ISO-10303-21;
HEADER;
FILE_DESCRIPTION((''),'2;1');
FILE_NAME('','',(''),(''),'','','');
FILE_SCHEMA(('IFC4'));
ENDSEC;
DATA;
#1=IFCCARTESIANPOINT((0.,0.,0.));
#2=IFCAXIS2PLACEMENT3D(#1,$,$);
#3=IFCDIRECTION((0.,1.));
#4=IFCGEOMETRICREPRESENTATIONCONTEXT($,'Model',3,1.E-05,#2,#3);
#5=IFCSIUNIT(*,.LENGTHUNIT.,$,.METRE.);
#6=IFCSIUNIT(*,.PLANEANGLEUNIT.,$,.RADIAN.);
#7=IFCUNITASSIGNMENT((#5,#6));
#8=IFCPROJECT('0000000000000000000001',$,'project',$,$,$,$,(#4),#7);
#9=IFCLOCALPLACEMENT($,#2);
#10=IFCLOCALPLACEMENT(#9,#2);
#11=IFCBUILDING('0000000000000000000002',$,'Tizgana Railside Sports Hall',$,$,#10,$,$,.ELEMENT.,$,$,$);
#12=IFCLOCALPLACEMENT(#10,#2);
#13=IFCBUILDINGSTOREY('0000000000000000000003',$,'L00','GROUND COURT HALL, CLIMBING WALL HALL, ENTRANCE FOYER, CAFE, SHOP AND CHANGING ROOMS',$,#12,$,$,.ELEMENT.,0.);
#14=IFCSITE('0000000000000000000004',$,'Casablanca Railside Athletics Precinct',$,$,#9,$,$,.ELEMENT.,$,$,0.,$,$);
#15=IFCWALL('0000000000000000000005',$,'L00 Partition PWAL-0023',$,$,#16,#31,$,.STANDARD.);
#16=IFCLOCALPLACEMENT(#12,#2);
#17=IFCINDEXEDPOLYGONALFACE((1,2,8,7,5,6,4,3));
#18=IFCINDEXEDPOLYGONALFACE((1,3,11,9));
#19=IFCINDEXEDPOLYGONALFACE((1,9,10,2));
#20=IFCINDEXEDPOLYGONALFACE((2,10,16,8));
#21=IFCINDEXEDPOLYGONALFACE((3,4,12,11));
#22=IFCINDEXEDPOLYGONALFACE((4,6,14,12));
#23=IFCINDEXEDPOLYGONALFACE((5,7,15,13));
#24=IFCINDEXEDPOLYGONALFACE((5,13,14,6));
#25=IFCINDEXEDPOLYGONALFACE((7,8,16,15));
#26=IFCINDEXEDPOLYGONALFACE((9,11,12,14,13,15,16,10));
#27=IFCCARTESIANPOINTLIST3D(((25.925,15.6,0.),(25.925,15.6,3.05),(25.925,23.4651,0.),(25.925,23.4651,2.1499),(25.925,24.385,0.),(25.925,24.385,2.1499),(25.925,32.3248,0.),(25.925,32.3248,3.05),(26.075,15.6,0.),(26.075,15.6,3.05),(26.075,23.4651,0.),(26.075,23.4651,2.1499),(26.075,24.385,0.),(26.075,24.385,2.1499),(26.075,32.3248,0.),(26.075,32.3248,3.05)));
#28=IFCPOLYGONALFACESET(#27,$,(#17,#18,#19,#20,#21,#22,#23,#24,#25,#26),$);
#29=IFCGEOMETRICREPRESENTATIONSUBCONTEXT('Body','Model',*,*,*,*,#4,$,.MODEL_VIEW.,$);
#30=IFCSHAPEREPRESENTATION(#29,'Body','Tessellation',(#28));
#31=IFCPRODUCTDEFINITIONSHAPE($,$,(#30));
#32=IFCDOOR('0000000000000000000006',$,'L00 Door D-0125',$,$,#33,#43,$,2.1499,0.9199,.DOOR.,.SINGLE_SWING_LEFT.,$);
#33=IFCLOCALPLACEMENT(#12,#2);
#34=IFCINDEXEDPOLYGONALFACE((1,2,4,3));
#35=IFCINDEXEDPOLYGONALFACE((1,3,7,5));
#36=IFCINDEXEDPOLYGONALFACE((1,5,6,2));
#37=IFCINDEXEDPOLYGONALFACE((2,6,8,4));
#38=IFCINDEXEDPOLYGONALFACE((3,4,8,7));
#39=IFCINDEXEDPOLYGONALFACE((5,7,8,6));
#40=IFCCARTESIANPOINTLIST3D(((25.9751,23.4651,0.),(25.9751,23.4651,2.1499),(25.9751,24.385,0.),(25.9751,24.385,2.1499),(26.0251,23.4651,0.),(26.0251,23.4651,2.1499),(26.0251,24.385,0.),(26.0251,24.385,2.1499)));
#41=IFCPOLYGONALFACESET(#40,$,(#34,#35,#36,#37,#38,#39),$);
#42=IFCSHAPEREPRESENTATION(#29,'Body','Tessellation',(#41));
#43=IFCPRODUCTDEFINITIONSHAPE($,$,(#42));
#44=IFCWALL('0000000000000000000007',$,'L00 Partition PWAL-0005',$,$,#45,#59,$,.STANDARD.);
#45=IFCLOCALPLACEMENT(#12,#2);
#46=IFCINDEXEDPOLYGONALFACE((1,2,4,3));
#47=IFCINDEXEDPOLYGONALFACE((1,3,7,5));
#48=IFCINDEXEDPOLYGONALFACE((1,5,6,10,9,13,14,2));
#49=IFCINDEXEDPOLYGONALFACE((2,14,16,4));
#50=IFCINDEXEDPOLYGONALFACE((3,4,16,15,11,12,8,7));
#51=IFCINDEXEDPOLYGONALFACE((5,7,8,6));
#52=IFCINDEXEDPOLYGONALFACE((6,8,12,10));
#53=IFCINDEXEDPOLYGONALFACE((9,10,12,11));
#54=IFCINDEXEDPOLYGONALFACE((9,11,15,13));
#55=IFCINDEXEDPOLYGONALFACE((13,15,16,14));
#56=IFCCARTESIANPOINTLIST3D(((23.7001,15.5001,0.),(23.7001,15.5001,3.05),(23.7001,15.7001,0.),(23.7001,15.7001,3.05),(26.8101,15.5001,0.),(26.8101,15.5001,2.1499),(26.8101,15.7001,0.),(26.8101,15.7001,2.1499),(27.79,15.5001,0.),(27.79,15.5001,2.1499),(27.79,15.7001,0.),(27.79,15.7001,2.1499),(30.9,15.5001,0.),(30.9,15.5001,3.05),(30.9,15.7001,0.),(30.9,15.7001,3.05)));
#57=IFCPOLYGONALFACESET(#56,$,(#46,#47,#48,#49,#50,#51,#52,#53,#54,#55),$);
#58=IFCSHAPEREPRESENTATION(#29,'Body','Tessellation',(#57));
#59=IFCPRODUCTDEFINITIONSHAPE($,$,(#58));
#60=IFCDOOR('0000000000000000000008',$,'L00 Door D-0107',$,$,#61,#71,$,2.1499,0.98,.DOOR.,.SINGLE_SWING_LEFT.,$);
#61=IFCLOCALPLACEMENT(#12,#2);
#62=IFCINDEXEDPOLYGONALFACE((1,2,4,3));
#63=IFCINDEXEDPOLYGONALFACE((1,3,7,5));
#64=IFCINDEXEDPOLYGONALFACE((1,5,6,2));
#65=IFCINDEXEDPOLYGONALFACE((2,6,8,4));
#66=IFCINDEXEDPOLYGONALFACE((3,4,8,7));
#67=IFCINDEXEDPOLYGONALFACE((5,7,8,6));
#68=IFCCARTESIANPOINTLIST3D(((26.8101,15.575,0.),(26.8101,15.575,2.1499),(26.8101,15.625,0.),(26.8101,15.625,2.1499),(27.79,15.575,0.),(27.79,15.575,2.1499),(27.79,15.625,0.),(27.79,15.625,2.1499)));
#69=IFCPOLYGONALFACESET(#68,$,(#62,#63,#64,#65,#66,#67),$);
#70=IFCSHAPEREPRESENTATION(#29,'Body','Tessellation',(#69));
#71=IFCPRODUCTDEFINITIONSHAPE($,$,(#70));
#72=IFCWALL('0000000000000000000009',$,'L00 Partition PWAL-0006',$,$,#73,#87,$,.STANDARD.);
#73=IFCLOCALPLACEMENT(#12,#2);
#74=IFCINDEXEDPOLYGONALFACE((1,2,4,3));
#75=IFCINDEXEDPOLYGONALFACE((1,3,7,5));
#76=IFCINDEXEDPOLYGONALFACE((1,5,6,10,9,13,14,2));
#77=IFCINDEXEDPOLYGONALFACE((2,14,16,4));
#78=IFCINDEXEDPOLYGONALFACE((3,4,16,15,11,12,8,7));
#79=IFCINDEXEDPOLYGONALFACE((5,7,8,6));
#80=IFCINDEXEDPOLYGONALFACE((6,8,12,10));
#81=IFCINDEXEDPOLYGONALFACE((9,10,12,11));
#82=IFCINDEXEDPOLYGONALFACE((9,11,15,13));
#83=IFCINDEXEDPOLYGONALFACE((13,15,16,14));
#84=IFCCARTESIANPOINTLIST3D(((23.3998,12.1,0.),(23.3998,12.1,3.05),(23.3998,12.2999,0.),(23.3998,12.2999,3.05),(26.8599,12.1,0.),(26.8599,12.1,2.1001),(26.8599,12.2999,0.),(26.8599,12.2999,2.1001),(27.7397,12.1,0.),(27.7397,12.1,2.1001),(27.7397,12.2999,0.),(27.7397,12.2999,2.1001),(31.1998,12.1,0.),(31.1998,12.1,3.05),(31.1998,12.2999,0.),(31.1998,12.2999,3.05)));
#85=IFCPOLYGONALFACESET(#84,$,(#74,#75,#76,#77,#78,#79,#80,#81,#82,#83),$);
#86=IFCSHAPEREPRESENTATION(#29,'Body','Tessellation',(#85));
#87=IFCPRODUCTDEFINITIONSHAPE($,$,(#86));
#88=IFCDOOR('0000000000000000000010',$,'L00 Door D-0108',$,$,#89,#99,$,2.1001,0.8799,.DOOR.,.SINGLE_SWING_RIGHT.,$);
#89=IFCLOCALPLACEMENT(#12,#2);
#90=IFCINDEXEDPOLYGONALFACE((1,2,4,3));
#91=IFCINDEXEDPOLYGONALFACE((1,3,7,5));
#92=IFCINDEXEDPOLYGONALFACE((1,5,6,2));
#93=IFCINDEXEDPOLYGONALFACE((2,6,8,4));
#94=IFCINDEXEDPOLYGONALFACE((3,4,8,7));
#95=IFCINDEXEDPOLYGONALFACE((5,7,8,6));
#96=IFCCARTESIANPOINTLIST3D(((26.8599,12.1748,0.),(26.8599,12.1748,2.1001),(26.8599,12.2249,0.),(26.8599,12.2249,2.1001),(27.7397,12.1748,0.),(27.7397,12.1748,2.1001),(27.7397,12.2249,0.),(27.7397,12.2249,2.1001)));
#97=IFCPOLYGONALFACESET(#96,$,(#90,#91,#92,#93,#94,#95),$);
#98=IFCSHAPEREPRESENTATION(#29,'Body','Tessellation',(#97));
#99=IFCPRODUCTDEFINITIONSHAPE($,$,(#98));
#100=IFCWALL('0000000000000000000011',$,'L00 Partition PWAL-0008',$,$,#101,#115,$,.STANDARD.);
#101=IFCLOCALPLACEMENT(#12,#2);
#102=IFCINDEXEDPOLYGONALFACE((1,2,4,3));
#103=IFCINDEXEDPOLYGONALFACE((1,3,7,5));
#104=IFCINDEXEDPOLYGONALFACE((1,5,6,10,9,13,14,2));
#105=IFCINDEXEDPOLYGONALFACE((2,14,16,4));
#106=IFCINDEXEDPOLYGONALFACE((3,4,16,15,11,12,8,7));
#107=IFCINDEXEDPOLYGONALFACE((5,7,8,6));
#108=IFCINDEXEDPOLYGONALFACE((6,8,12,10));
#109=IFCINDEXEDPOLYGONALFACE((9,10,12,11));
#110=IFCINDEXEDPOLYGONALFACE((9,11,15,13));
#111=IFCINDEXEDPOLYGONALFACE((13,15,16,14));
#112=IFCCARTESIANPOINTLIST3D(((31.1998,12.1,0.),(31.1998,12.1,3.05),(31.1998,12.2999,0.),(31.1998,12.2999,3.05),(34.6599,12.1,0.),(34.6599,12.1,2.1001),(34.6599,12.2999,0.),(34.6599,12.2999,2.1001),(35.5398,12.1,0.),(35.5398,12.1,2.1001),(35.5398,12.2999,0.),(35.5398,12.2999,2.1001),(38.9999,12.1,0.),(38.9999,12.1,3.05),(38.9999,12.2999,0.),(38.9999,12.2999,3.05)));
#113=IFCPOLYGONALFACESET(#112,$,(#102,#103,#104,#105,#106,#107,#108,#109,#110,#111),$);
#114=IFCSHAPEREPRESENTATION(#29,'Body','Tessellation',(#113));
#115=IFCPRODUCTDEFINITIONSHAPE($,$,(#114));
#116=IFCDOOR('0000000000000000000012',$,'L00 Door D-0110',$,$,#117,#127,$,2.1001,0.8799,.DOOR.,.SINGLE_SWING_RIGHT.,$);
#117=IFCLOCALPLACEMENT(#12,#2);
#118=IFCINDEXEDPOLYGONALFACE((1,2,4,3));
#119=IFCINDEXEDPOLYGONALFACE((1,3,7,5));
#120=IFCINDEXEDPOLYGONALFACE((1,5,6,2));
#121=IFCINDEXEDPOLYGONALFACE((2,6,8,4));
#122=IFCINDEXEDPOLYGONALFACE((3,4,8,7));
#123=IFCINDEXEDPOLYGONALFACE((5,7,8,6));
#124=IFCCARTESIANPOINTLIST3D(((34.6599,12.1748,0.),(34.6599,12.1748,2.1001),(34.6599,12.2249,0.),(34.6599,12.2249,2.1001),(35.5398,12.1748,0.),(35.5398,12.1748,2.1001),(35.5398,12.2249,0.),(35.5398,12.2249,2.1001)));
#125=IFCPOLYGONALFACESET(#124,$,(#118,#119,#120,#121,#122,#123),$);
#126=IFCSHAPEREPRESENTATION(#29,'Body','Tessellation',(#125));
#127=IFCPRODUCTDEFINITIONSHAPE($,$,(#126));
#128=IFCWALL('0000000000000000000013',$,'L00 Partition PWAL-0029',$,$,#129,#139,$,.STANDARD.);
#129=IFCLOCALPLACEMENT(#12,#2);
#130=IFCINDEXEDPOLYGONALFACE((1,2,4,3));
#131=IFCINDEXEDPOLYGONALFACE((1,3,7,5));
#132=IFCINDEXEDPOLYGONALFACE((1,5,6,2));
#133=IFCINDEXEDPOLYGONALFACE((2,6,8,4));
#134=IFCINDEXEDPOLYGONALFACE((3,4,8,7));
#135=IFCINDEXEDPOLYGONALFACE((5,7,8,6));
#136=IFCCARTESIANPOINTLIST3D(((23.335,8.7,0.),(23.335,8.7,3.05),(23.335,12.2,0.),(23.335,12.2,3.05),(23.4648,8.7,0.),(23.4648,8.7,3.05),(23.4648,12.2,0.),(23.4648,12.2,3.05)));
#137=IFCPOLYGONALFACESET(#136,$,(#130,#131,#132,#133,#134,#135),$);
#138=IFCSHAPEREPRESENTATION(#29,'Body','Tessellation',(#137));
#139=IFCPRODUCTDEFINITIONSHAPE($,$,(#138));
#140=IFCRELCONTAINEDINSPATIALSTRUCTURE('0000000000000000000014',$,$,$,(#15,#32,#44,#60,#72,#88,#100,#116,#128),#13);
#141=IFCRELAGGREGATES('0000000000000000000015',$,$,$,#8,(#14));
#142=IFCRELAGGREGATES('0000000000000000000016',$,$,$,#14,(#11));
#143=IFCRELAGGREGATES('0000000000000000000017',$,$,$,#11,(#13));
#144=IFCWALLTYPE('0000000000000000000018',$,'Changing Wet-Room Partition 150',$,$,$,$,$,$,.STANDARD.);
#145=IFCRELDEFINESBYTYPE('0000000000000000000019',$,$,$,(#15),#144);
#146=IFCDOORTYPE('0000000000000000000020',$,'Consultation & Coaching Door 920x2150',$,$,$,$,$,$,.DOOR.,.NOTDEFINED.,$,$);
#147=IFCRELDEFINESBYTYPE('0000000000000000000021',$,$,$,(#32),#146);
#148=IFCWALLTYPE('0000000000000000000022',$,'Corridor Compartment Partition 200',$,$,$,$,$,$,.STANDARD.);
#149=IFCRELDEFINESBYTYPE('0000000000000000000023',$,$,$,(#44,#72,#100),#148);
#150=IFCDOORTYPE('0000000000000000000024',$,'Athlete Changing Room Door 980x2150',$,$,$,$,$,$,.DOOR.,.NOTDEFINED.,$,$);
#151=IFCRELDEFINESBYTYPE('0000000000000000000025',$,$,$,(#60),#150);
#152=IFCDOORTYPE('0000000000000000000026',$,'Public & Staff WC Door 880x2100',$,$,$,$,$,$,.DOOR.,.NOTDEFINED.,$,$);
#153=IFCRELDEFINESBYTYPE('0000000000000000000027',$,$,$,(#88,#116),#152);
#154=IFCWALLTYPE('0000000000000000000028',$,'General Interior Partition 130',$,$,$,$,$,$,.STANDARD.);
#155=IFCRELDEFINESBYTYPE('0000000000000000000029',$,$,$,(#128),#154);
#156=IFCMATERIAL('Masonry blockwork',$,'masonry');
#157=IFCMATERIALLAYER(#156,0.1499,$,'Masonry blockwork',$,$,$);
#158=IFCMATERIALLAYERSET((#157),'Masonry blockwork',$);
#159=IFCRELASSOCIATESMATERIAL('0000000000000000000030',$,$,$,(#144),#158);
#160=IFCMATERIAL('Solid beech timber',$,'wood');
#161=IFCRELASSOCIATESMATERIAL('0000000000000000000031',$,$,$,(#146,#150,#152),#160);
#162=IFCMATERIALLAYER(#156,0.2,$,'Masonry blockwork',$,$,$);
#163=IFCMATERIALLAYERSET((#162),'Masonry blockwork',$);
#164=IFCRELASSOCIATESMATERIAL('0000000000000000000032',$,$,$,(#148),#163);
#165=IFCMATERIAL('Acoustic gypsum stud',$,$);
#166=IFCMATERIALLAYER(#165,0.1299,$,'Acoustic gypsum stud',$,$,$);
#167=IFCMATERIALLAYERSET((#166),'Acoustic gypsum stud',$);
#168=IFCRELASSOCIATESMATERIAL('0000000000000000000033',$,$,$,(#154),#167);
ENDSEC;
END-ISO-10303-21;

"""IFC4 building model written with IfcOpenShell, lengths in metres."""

from ifc_helpers import new_model, si_unit, direction, frame, frame_2d, origin, place, context, subcontext, project, spatial, rectangle, extrude, material, layer, layer_set, type_object, element, fill, save


model = new_model("IFC4")

# Units and contexts
model_context = context("Model", 3, precision=1e-05, world=origin(), true_north=direction((0.0, 1.0)))
body_context = subcontext(model_context, "Body", "Model", "MODEL_VIEW")
ifc_project = project(units=[si_unit("LENGTHUNIT", "METRE"), si_unit("PLANEANGLEUNIT", "RADIAN")], contexts=[model_context])

# Site, building, storey
site_placement = place(None, origin())
site = spatial("IfcSite", under=ifc_project, at=site_placement, Name="Casablanca Railside Athletics Precinct", CompositionType="ELEMENT", RefElevation=0.0)
building_placement = place(site_placement, origin())
building = spatial("IfcBuilding", under=site, at=building_placement, Name="Tizgana Railside Sports Hall", CompositionType="ELEMENT")
storey_placement = place(building_placement, origin())
storey = spatial("IfcBuildingStorey", under=building, at=storey_placement, Name="L00", Description="GROUND COURT HALL, CLIMBING WALL HALL, ENTRANCE FOYER, CAFE, SHOP AND CHANGING ROOMS", CompositionType="ELEMENT", Elevation=0.0)

# Walls, openings, doors
ifc_material_1 = material(Name="Masonry blockwork", Category="masonry")
ifc_layer_1 = layer(ifc_material_1, 0.1499, Name="Masonry blockwork")
ifc_layer_set_1 = layer_set([ifc_layer_1], Name="Masonry blockwork")
wall_type_1 = type_object("IfcWallType", Name="Changing Wet-Room Partition 150", PredefinedType="STANDARD", material=ifc_layer_set_1)
wall_1_placement = place(storey_placement, frame((26.0, 15.6001, 0.0), z_axis=(0.0, 0.0, 1.0), x_axis=(0.0, 1.0, 0.0)))
wall_1 = element("IfcWall", 1, at=wall_1_placement, inside=storey, type_object=wall_type_1, Name="L00 Partition PWAL-0023", PredefinedType="STANDARD", context=body_context, shape_type="SweptSolid", body=[
    extrude(rectangle(XDim=16.7249, YDim=0.1499, at=frame_2d((8.3623, 0.0))), origin(), (0.0, 0.0, 1.0), 3.05),
])
opening_1_placement = place(wall_1_placement, frame((7.865, 0.0, 0.0)))
opening_1 = element("IfcOpeningElement", 2, at=opening_1_placement, cuts=wall_1, PredefinedType="OPENING", context=body_context, shape_type="SweptSolid", body=[
    extrude(rectangle(XDim=0.9199, YDim=2.1499, at=frame_2d((0.46, 1.075))), frame((0.0, 0.085, 0.0), z_axis=(0.0, -1.0, 0.0), x_axis=(1.0, 0.0, 0.0)), (0.0, 0.0, 1.0), 0.1699),
])
ifc_material_2 = material(Name="Solid beech timber", Category="wood")
door_type_1 = type_object("IfcDoorType", Name="Consultation & Coaching Door 920x2150", OperationType="NOTDEFINED", PredefinedType="DOOR", material=ifc_material_2)
door_1_placement = place(opening_1_placement, origin())
door_1 = element("IfcDoor", 3, at=door_1_placement, inside=storey, type_object=door_type_1, Name="L00 Door D-0125", OperationType="SINGLE_SWING_LEFT", OverallHeight=2.1499, OverallWidth=0.9199, PredefinedType="DOOR", context=body_context, shape_type="SweptSolid", body=[
    extrude(rectangle(XDim=0.9199, YDim=2.1499, at=frame_2d((0.46, 1.075))), frame((0.0, 0.0249, 0.0), z_axis=(0.0, -1.0, 0.0), x_axis=(1.0, 0.0, 0.0)), (0.0, 0.0, 1.0), 0.05),
])
fill(opening_1, door_1)
ifc_layer_2 = layer(ifc_material_1, 0.2, Name="Masonry blockwork")
ifc_layer_set_2 = layer_set([ifc_layer_2], Name="Masonry blockwork")
wall_type_2 = type_object("IfcWallType", Name="Corridor Compartment Partition 200", PredefinedType="STANDARD", material=ifc_layer_set_2)
wall_2_placement = place(storey_placement, frame((23.7, 15.6001, 0.0), z_axis=(0.0, 0.0, 1.0), x_axis=(1.0, 0.0, 0.0)))
wall_2 = element("IfcWall", 4, at=wall_2_placement, inside=storey, type_object=wall_type_2, Name="L00 Partition PWAL-0005", PredefinedType="STANDARD", context=body_context, shape_type="SweptSolid", body=[
    extrude(rectangle(XDim=7.2, YDim=0.2, at=frame_2d((3.6001, 0.0))), origin(), (0.0, 0.0, 1.0), 3.05),
])
opening_2_placement = place(wall_2_placement, frame((3.1101, 0.0, 0.0)))
opening_2 = element("IfcOpeningElement", 5, at=opening_2_placement, cuts=wall_2, PredefinedType="OPENING", context=body_context, shape_type="SweptSolid", body=[
    extrude(rectangle(XDim=0.98, YDim=2.1499, at=frame_2d((0.49, 1.075))), frame((0.0, 0.1099, 0.0), z_axis=(0.0, -1.0, 0.0), x_axis=(1.0, 0.0, 0.0)), (0.0, 0.0, 1.0), 0.22),
])
door_type_2 = type_object("IfcDoorType", Name="Athlete Changing Room Door 980x2150", OperationType="NOTDEFINED", PredefinedType="DOOR", material=ifc_material_2)
door_2_placement = place(opening_2_placement, origin())
door_2 = element("IfcDoor", 6, at=door_2_placement, inside=storey, type_object=door_type_2, Name="L00 Door D-0107", OperationType="SINGLE_SWING_LEFT", OverallHeight=2.1499, OverallWidth=0.98, PredefinedType="DOOR", context=body_context, shape_type="SweptSolid", body=[
    extrude(rectangle(XDim=0.98, YDim=2.1499, at=frame_2d((0.49, 1.075))), frame((0.0, 0.0249, 0.0), z_axis=(0.0, -1.0, 0.0), x_axis=(1.0, 0.0, 0.0)), (0.0, 0.0, 1.0), 0.05),
])
fill(opening_2, door_2)
wall_3_placement = place(storey_placement, frame((23.3999, 12.2, 0.0), z_axis=(0.0, 0.0, 1.0), x_axis=(1.0, 0.0, 0.0)))
wall_3 = element("IfcWall", 7, at=wall_3_placement, inside=storey, type_object=wall_type_2, Name="L00 Partition PWAL-0006", PredefinedType="STANDARD", context=body_context, shape_type="SweptSolid", body=[
    extrude(rectangle(XDim=7.8, YDim=0.2, at=frame_2d((3.8999, 0.0))), origin(), (0.0, 0.0, 1.0), 3.05),
])
opening_3_placement = place(wall_3_placement, frame((3.46, 0.0, 0.0)))
opening_3 = element("IfcOpeningElement", 8, at=opening_3_placement, cuts=wall_3, PredefinedType="OPENING", context=body_context, shape_type="SweptSolid", body=[
    extrude(rectangle(XDim=0.8799, YDim=2.1001, at=frame_2d((0.4399, 1.05))), frame((0.0, 0.1099, 0.0), z_axis=(0.0, -1.0, 0.0), x_axis=(1.0, 0.0, 0.0)), (0.0, 0.0, 1.0), 0.22),
])
door_type_3 = type_object("IfcDoorType", Name="Public & Staff WC Door 880x2100", OperationType="NOTDEFINED", PredefinedType="DOOR", material=ifc_material_2)
door_3_placement = place(opening_3_placement, origin())
door_3 = element("IfcDoor", 9, at=door_3_placement, inside=storey, type_object=door_type_3, Name="L00 Door D-0108", OperationType="SINGLE_SWING_RIGHT", OverallHeight=2.1001, OverallWidth=0.8799, PredefinedType="DOOR", context=body_context, shape_type="SweptSolid", body=[
    extrude(rectangle(XDim=0.8799, YDim=2.1001, at=frame_2d((0.4399, 1.05))), frame((0.0, 0.0249, 0.0), z_axis=(0.0, -1.0, 0.0), x_axis=(1.0, 0.0, 0.0)), (0.0, 0.0, 1.0), 0.05),
])
fill(opening_3, door_3)
wall_4_placement = place(storey_placement, frame((31.2, 12.2, 0.0), z_axis=(0.0, 0.0, 1.0), x_axis=(1.0, 0.0, 0.0)))
wall_4 = element("IfcWall", 10, at=wall_4_placement, inside=storey, type_object=wall_type_2, Name="L00 Partition PWAL-0008", PredefinedType="STANDARD", context=body_context, shape_type="SweptSolid", body=[
    extrude(rectangle(XDim=7.8, YDim=0.2, at=frame_2d((3.8999, 0.0))), origin(), (0.0, 0.0, 1.0), 3.05),
])
opening_4_placement = place(wall_4_placement, frame((3.46, 0.0, 0.0)))
opening_4 = element("IfcOpeningElement", 11, at=opening_4_placement, cuts=wall_4, PredefinedType="OPENING", context=body_context, shape_type="SweptSolid", body=[
    extrude(rectangle(XDim=0.8799, YDim=2.1001, at=frame_2d((0.4399, 1.05))), frame((0.0, 0.1099, 0.0), z_axis=(0.0, -1.0, 0.0), x_axis=(1.0, 0.0, 0.0)), (0.0, 0.0, 1.0), 0.22),
])
door_4_placement = place(opening_4_placement, origin())
door_4 = element("IfcDoor", 12, at=door_4_placement, inside=storey, type_object=door_type_3, Name="L00 Door D-0110", OperationType="SINGLE_SWING_RIGHT", OverallHeight=2.1001, OverallWidth=0.8799, PredefinedType="DOOR", context=body_context, shape_type="SweptSolid", body=[
    extrude(rectangle(XDim=0.8799, YDim=2.1001, at=frame_2d((0.4399, 1.05))), frame((0.0, 0.0249, 0.0), z_axis=(0.0, -1.0, 0.0), x_axis=(1.0, 0.0, 0.0)), (0.0, 0.0, 1.0), 0.05),
])
fill(opening_4, door_4)

# Wall
ifc_material_3 = material(Name="Acoustic gypsum stud")
ifc_layer_3 = layer(ifc_material_3, 0.1299, Name="Acoustic gypsum stud")
ifc_layer_set_3 = layer_set([ifc_layer_3], Name="Acoustic gypsum stud")
wall_type_3 = type_object("IfcWallType", Name="General Interior Partition 130", PredefinedType="STANDARD", material=ifc_layer_set_3)
wall_5_placement = place(storey_placement, frame((23.3999, 8.7, 0.0), z_axis=(0.0, 0.0, 1.0), x_axis=(0.0, 1.0, 0.0)))
element("IfcWall", 13, at=wall_5_placement, inside=storey, type_object=wall_type_3, Name="L00 Partition PWAL-0029", PredefinedType="STANDARD", context=body_context, shape_type="SweptSolid", body=[
    extrude(rectangle(XDim=3.5, YDim=0.1299, at=frame_2d((1.75, 0.0))), origin(), (0.0, 0.0, 1.0), 3.05),
])

save(model, "model.ifc")
